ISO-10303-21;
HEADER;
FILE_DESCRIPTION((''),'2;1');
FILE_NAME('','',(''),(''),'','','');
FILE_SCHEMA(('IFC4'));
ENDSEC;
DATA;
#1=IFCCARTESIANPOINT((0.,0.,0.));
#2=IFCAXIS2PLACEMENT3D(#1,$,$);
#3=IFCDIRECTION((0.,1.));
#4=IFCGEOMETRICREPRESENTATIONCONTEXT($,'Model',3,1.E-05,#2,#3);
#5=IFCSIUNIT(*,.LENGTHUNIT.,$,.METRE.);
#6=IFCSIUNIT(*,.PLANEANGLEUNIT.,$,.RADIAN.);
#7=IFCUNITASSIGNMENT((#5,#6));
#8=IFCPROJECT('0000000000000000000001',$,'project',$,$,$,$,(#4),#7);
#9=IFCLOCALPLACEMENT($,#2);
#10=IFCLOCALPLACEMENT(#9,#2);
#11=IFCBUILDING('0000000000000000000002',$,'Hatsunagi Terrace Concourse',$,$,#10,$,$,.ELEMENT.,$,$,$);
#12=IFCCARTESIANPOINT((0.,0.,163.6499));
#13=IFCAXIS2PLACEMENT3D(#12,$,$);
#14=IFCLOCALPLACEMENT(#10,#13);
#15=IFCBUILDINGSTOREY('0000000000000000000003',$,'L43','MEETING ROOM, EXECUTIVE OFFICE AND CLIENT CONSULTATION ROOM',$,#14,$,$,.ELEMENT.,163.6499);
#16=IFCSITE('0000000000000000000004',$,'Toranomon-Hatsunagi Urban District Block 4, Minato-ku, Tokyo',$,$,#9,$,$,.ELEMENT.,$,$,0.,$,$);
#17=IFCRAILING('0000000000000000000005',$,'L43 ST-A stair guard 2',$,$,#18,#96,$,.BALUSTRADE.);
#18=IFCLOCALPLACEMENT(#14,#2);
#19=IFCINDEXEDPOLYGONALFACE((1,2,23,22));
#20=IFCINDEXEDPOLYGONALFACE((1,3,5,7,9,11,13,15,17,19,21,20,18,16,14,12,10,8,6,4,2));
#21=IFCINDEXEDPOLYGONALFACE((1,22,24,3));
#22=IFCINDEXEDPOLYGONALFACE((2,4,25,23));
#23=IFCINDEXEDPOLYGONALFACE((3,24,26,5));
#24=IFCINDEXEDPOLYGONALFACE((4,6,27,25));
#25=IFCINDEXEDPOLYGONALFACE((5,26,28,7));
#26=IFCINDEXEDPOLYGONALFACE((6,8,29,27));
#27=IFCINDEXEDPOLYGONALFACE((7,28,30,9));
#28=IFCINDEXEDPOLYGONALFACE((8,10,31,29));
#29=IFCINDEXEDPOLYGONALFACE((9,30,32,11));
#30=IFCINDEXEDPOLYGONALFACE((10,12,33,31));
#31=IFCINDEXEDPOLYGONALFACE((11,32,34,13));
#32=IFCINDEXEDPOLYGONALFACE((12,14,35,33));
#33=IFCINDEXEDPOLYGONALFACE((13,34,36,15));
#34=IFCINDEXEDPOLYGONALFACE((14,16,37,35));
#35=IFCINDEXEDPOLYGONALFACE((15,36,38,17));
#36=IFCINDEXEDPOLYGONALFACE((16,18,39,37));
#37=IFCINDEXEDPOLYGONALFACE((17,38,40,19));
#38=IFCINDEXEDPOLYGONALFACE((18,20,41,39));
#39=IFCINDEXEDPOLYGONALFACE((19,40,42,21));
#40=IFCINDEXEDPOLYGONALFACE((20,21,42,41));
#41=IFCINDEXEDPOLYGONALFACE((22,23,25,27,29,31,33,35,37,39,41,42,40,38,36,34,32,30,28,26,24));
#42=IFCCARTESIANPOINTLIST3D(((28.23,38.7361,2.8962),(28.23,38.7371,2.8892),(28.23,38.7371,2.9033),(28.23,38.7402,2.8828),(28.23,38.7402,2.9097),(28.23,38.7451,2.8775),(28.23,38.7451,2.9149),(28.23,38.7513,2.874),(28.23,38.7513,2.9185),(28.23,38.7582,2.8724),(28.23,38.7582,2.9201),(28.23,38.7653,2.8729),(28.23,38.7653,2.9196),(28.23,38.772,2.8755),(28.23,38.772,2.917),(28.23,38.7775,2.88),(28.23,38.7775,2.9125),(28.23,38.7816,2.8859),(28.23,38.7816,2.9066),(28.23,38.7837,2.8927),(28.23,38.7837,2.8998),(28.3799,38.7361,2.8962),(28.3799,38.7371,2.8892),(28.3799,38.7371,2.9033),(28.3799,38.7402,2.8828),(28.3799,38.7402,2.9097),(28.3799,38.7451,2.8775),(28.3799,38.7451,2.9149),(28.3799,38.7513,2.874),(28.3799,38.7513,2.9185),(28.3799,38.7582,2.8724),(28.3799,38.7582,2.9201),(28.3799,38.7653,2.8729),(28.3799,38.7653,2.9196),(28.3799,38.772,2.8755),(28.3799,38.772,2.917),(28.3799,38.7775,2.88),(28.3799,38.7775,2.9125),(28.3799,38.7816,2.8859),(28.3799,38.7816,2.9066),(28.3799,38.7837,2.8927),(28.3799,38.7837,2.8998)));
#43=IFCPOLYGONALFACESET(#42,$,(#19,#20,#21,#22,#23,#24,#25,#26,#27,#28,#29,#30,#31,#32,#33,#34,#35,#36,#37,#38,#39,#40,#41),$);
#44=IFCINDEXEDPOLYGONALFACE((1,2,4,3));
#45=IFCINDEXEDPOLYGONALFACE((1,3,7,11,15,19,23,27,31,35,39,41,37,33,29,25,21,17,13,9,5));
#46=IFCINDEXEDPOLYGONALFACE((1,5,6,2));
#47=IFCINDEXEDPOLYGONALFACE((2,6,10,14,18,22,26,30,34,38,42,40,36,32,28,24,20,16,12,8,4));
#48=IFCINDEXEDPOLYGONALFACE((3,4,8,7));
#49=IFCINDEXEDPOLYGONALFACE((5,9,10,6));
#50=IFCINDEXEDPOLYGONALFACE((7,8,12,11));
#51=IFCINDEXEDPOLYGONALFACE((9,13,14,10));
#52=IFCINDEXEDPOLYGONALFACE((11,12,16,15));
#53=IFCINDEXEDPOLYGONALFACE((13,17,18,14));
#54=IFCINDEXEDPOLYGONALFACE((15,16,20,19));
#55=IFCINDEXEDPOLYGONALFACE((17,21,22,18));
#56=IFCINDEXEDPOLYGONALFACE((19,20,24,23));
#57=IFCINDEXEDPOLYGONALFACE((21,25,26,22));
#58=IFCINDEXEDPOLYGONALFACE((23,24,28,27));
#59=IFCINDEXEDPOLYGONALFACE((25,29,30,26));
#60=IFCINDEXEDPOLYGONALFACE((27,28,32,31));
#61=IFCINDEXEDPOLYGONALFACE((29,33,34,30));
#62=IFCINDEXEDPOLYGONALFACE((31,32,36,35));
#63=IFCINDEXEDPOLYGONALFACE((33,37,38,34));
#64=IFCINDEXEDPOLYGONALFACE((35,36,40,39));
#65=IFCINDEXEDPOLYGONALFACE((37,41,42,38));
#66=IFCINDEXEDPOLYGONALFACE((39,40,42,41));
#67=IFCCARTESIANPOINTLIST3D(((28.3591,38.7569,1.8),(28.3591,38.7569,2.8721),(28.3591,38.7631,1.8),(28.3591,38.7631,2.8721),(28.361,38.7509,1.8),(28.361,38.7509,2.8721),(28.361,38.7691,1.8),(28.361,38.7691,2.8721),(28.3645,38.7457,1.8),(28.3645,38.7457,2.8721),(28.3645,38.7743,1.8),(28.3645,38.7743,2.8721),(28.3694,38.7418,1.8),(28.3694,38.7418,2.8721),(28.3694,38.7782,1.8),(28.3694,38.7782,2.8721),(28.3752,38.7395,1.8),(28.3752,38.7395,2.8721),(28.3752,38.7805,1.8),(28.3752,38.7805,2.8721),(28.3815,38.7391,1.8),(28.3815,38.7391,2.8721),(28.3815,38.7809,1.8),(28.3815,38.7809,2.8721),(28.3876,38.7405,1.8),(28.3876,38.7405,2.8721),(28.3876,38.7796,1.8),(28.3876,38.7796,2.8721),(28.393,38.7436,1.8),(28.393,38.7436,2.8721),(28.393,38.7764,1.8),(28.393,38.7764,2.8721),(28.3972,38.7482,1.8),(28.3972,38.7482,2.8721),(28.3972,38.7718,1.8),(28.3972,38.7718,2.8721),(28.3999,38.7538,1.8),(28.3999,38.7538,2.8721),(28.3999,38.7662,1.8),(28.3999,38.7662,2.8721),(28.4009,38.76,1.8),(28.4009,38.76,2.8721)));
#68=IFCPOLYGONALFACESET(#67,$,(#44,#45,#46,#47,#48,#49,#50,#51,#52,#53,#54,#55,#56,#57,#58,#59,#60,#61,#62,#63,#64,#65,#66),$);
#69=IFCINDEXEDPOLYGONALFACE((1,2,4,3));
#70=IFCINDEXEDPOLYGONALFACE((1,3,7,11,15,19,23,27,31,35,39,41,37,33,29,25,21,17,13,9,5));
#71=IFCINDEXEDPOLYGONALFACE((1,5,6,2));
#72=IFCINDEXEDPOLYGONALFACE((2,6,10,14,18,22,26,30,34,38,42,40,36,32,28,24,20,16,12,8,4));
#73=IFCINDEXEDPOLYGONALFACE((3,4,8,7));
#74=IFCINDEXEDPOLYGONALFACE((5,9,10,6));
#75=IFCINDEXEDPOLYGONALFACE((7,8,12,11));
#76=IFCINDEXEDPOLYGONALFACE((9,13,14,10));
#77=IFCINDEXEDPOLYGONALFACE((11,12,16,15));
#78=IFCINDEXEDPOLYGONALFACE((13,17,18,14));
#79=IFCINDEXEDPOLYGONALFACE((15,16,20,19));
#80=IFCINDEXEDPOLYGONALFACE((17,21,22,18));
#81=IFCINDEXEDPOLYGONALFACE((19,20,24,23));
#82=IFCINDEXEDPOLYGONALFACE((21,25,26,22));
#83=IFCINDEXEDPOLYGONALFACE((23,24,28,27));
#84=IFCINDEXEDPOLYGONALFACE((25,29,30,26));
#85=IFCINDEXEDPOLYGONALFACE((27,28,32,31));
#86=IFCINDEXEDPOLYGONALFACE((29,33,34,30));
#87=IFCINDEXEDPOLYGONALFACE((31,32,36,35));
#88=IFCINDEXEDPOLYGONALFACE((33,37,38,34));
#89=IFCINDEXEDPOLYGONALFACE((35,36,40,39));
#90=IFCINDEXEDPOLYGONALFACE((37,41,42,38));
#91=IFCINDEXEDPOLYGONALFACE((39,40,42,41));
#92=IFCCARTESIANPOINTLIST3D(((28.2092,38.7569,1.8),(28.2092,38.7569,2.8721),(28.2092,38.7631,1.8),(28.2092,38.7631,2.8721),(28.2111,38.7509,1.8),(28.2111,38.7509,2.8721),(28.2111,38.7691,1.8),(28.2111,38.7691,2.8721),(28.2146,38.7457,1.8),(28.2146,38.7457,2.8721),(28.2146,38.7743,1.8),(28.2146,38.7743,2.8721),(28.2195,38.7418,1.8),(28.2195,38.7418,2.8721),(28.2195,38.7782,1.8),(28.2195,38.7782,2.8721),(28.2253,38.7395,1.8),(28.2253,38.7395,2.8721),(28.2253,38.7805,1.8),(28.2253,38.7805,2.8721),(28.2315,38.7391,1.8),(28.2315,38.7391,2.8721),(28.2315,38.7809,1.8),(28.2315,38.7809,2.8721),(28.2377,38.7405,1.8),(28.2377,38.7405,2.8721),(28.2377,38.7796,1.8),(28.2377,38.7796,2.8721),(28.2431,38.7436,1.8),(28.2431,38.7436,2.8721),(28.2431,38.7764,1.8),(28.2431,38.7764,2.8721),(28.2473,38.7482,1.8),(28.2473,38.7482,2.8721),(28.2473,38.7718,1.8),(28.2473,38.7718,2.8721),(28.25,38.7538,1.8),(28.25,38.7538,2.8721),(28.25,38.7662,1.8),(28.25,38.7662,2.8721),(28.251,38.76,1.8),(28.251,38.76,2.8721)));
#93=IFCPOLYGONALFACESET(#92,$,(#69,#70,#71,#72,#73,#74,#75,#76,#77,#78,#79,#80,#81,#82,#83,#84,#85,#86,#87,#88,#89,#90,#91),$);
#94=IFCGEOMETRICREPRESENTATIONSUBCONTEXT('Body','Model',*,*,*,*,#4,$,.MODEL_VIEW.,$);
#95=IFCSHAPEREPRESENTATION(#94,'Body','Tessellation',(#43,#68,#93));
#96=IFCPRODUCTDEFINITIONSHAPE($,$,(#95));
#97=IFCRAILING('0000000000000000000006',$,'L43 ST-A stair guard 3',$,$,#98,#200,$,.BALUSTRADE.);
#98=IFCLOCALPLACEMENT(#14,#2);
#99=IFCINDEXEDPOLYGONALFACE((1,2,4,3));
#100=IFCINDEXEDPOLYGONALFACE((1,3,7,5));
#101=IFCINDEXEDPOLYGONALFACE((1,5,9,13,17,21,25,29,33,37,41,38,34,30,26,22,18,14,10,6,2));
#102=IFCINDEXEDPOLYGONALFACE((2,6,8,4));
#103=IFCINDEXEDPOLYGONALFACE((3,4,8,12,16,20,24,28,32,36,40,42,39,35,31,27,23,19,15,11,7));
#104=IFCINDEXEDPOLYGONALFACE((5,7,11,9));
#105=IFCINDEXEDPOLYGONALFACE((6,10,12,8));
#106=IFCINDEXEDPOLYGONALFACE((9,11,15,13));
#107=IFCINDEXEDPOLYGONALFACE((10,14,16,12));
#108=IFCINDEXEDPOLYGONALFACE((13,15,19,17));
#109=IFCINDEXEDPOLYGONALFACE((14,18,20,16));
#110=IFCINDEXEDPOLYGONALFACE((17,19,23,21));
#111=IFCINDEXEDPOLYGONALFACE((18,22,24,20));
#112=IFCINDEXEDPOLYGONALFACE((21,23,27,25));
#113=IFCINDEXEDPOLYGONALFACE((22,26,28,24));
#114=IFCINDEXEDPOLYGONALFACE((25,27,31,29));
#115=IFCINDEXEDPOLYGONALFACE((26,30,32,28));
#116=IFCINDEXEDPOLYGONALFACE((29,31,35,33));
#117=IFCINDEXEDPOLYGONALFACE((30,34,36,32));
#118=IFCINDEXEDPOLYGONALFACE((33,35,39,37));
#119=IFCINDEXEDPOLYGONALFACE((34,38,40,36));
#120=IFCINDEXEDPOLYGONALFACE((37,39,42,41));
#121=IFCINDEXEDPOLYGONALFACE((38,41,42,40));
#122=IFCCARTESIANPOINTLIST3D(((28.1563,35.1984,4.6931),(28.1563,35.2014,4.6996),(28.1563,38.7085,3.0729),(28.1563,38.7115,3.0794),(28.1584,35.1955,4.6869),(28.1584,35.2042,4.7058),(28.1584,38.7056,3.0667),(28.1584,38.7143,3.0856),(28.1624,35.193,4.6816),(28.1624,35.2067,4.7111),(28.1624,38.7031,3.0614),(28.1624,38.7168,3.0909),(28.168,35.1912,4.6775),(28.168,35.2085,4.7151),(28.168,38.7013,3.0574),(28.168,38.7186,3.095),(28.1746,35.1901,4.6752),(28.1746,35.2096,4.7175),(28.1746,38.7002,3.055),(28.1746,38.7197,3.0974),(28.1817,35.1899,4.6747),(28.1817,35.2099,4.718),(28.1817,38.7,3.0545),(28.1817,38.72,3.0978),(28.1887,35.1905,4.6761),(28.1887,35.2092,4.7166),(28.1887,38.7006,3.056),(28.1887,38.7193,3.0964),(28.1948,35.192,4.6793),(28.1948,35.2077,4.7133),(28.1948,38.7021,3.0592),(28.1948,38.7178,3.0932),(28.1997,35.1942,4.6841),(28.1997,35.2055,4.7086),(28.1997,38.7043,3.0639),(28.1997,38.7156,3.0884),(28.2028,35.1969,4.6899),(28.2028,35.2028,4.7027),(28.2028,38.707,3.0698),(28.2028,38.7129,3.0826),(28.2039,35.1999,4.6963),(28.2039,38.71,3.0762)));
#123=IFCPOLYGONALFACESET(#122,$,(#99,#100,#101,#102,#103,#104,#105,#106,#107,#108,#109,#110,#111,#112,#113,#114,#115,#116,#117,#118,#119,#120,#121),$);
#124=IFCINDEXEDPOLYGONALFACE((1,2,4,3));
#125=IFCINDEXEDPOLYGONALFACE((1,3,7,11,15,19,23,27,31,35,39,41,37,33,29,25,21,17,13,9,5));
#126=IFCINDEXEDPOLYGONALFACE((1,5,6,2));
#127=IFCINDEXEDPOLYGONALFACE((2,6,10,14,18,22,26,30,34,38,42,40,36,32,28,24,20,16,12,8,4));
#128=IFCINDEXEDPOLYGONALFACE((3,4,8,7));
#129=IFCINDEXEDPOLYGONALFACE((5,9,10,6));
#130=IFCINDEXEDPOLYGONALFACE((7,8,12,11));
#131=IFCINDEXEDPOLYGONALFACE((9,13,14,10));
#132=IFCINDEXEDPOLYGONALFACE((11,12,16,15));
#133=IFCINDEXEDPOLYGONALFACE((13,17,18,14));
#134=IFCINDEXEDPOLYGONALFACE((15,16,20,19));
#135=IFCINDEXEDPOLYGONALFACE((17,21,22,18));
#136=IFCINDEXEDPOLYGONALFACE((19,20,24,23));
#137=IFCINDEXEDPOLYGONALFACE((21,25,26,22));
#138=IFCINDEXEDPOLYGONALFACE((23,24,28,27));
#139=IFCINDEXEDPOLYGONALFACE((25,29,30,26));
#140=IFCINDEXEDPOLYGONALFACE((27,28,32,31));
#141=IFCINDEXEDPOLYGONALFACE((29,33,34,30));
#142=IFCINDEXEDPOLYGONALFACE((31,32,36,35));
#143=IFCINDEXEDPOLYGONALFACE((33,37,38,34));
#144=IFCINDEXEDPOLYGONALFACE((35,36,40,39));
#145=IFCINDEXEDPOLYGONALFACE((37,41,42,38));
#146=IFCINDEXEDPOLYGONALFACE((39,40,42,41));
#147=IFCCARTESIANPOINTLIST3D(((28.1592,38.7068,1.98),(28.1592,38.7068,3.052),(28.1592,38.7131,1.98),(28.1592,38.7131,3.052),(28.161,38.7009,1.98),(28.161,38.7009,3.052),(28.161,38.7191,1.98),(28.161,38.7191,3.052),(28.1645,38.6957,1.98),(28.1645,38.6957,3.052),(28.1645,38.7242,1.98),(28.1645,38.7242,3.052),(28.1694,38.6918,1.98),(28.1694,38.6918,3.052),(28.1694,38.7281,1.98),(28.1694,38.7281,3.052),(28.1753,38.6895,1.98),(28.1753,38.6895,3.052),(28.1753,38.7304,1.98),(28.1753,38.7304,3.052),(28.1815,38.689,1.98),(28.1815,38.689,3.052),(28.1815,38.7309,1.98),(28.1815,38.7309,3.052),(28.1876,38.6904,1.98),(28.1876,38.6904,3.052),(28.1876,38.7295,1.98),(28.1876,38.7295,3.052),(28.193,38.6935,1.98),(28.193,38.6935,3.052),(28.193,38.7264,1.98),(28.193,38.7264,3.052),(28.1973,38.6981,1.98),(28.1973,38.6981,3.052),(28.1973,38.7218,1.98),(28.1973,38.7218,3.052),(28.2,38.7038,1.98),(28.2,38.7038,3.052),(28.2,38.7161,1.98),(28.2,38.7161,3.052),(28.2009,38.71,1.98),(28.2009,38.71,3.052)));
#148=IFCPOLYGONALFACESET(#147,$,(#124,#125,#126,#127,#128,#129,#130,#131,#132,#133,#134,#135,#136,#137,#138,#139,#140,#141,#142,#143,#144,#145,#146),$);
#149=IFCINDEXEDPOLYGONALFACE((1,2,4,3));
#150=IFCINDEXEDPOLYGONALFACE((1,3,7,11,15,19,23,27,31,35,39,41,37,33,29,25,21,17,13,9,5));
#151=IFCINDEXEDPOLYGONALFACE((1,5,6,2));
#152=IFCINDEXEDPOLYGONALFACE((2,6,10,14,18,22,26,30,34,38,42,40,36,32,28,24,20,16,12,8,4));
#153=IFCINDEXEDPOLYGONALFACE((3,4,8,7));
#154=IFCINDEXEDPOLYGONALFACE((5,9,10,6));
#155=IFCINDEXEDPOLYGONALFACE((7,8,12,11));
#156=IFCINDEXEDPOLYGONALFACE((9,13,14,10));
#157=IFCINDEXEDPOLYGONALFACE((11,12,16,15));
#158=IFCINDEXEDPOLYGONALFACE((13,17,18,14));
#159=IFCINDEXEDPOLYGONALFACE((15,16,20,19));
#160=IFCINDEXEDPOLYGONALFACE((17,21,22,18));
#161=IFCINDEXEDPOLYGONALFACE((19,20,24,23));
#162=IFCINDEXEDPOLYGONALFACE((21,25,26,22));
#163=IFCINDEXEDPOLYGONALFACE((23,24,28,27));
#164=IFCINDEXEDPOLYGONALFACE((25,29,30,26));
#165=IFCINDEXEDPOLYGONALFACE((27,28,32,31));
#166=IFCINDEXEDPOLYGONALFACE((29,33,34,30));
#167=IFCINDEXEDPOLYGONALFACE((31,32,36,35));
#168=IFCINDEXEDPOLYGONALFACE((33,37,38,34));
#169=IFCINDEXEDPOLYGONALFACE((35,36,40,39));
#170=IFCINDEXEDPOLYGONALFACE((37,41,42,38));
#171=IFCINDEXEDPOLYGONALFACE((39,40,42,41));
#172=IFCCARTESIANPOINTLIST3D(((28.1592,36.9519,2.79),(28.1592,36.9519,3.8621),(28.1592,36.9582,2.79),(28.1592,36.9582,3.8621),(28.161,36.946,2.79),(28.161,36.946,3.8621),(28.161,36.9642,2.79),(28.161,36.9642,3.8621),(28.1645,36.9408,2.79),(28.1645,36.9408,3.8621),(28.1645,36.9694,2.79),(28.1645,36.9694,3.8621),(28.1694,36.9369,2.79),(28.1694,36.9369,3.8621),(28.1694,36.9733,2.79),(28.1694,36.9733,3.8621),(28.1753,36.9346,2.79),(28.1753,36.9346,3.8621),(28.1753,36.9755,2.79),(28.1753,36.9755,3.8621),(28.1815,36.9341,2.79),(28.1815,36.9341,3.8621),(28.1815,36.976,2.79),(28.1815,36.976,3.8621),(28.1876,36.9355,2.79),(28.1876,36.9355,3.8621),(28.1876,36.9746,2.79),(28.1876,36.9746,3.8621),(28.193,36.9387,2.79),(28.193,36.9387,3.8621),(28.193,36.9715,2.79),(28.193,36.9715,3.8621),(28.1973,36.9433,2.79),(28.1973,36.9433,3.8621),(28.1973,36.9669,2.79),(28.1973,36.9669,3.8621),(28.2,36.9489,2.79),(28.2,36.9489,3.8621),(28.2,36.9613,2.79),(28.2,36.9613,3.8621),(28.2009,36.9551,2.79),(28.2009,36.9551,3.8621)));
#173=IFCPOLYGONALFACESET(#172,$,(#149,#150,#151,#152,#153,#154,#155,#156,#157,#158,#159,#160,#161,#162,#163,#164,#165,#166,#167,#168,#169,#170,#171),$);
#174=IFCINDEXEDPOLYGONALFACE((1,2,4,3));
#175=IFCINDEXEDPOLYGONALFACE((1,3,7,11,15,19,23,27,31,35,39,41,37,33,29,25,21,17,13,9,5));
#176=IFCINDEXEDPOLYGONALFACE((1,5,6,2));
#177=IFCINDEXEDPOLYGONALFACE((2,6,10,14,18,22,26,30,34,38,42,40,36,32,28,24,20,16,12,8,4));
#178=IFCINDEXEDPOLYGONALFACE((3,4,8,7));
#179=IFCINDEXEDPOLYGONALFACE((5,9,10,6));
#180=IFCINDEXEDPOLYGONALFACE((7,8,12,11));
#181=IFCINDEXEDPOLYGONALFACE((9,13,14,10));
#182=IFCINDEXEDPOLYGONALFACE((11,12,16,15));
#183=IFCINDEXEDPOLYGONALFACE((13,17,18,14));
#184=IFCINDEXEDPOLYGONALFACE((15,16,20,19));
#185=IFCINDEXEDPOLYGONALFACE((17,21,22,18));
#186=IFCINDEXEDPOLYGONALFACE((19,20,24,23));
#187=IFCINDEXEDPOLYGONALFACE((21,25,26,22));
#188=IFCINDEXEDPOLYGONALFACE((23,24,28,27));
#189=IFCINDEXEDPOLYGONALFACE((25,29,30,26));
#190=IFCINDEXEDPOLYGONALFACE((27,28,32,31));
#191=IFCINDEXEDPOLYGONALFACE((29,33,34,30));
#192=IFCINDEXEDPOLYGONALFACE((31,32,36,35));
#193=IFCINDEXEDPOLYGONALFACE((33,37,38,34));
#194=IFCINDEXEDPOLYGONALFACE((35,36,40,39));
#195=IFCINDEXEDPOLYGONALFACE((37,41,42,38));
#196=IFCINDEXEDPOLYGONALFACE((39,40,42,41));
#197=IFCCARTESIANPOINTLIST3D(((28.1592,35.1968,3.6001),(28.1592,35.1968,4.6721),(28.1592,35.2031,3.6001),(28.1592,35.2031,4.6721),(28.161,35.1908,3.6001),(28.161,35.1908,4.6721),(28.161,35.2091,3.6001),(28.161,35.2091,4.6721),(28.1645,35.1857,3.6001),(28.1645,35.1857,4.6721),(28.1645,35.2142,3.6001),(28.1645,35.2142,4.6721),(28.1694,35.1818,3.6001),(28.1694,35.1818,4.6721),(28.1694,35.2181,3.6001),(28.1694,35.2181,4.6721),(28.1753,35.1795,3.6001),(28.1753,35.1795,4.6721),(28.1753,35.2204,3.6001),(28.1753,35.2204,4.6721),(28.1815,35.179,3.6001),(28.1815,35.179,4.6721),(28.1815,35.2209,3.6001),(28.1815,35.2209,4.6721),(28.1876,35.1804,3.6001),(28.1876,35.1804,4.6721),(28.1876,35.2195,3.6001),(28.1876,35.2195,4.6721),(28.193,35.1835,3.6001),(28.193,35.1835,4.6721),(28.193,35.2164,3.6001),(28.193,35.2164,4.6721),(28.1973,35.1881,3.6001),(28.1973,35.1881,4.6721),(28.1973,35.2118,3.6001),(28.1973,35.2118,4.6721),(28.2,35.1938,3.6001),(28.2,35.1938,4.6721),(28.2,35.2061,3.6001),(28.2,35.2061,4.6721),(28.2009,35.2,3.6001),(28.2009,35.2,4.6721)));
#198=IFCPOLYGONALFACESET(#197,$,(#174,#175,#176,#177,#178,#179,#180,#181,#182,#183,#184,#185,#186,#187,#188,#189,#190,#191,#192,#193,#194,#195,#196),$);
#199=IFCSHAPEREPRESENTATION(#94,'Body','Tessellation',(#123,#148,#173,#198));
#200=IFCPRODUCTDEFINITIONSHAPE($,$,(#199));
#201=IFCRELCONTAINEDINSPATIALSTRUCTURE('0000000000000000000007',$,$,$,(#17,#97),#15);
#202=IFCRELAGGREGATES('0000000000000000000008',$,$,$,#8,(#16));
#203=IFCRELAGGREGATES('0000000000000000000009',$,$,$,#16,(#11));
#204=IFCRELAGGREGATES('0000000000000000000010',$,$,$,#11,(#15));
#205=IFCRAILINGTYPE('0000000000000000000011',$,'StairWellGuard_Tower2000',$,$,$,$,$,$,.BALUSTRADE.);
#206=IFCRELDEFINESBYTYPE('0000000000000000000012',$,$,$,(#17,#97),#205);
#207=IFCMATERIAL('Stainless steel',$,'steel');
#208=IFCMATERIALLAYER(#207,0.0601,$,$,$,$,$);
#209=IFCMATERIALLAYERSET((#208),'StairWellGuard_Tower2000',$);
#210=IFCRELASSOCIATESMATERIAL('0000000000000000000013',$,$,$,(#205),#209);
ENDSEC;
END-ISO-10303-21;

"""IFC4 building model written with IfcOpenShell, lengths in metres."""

from ifc_helpers import new_model, si_unit, direction, frame, origin, origin_2d, place, context, subcontext, project, spatial, circle, extrude, material, layer, layer_set, type_object, element, save


model = new_model("IFC4")

# Units and contexts
model_context = context("Model", 3, precision=1e-05, world=origin(), true_north=direction((0.0, 1.0)))
body_context = subcontext(model_context, "Body", "Model", "MODEL_VIEW")
ifc_project = project(units=[si_unit("LENGTHUNIT", "METRE"), si_unit("PLANEANGLEUNIT", "RADIAN")], contexts=[model_context])

# Site, building, storey
site_placement = place(None, origin())
site = spatial("IfcSite", under=ifc_project, at=site_placement, Name="Toranomon-Hatsunagi Urban District Block 4, Minato-ku, Tokyo", CompositionType="ELEMENT", RefElevation=0.0)
building_placement = place(site_placement, origin())
building = spatial("IfcBuilding", under=site, at=building_placement, Name="Hatsunagi Terrace Concourse", CompositionType="ELEMENT")
storey_placement = place(building_placement, frame((0.0, 0.0, 163.6499)))
storey = spatial("IfcBuildingStorey", under=building, at=storey_placement, Name="L43", Description="MEETING ROOM, EXECUTIVE OFFICE AND CLIENT CONSULTATION ROOM", CompositionType="ELEMENT", Elevation=163.6499)

# Railings
ifc_material_1 = material(Name="Stainless steel", Category="steel")
ifc_layer_1 = layer(ifc_material_1, 0.0601)
ifc_layer_set_1 = layer_set([ifc_layer_1], Name="StairWellGuard_Tower2000")
railing_type = type_object("IfcRailingType", Name="StairWellGuard_Tower2000", PredefinedType="BALUSTRADE", material=ifc_layer_set_1)
railing_1_placement = place(storey_placement, frame((28.3799, 38.76, 1.8)))
element("IfcRailing", 1, at=railing_1_placement, inside=storey, type_object=railing_type, Name="L43 ST-A stair guard 2", PredefinedType="BALUSTRADE", context=body_context, shape_type="SweptSolid", body=[
    extrude(circle(Radius=0.0239, at=origin_2d()), frame((0.0, 0.0, 1.0962), z_axis=(-1.0, 0.0, 0.0), x_axis=(0.0, -1.0, 0.0)), (0.0, 0.0, 1.0), 0.1499),
    extrude(circle(Radius=0.021, at=origin_2d()), origin(), (0.0, 0.0, 1.0), 1.072),
    extrude(circle(Radius=0.021, at=origin_2d()), frame((-0.1499, 0.0, 0.0)), (0.0, 0.0, 1.0), 1.072),
])
railing_2_placement = place(storey_placement, frame((28.1799, 38.71, 1.98)))
element("IfcRailing", 2, at=railing_2_placement, inside=storey, type_object=railing_type, Name="L43 ST-A stair guard 3", PredefinedType="BALUSTRADE", context=body_context, shape_type="SweptSolid", body=[
    extrude(circle(Radius=0.0239, at=origin_2d()), frame((0.0, 0.0, 1.0962), z_axis=(0.0, -0.907948, 0.419082), x_axis=(1.0, 0.0, 0.0)), (0.0, 0.0, 1.0), 3.866),
    extrude(circle(Radius=0.021, at=origin_2d()), origin(), (0.0, 0.0, 1.0), 1.072),
    extrude(circle(Radius=0.021, at=origin_2d()), frame((0.0, -1.7549, 0.8101)), (0.0, 0.0, 1.0), 1.072),
    extrude(circle(Radius=0.021, at=origin_2d()), frame((0.0, -3.51, 1.6201)), (0.0, 0.0, 1.0), 1.072),
])

save(model, "model.ifc")
